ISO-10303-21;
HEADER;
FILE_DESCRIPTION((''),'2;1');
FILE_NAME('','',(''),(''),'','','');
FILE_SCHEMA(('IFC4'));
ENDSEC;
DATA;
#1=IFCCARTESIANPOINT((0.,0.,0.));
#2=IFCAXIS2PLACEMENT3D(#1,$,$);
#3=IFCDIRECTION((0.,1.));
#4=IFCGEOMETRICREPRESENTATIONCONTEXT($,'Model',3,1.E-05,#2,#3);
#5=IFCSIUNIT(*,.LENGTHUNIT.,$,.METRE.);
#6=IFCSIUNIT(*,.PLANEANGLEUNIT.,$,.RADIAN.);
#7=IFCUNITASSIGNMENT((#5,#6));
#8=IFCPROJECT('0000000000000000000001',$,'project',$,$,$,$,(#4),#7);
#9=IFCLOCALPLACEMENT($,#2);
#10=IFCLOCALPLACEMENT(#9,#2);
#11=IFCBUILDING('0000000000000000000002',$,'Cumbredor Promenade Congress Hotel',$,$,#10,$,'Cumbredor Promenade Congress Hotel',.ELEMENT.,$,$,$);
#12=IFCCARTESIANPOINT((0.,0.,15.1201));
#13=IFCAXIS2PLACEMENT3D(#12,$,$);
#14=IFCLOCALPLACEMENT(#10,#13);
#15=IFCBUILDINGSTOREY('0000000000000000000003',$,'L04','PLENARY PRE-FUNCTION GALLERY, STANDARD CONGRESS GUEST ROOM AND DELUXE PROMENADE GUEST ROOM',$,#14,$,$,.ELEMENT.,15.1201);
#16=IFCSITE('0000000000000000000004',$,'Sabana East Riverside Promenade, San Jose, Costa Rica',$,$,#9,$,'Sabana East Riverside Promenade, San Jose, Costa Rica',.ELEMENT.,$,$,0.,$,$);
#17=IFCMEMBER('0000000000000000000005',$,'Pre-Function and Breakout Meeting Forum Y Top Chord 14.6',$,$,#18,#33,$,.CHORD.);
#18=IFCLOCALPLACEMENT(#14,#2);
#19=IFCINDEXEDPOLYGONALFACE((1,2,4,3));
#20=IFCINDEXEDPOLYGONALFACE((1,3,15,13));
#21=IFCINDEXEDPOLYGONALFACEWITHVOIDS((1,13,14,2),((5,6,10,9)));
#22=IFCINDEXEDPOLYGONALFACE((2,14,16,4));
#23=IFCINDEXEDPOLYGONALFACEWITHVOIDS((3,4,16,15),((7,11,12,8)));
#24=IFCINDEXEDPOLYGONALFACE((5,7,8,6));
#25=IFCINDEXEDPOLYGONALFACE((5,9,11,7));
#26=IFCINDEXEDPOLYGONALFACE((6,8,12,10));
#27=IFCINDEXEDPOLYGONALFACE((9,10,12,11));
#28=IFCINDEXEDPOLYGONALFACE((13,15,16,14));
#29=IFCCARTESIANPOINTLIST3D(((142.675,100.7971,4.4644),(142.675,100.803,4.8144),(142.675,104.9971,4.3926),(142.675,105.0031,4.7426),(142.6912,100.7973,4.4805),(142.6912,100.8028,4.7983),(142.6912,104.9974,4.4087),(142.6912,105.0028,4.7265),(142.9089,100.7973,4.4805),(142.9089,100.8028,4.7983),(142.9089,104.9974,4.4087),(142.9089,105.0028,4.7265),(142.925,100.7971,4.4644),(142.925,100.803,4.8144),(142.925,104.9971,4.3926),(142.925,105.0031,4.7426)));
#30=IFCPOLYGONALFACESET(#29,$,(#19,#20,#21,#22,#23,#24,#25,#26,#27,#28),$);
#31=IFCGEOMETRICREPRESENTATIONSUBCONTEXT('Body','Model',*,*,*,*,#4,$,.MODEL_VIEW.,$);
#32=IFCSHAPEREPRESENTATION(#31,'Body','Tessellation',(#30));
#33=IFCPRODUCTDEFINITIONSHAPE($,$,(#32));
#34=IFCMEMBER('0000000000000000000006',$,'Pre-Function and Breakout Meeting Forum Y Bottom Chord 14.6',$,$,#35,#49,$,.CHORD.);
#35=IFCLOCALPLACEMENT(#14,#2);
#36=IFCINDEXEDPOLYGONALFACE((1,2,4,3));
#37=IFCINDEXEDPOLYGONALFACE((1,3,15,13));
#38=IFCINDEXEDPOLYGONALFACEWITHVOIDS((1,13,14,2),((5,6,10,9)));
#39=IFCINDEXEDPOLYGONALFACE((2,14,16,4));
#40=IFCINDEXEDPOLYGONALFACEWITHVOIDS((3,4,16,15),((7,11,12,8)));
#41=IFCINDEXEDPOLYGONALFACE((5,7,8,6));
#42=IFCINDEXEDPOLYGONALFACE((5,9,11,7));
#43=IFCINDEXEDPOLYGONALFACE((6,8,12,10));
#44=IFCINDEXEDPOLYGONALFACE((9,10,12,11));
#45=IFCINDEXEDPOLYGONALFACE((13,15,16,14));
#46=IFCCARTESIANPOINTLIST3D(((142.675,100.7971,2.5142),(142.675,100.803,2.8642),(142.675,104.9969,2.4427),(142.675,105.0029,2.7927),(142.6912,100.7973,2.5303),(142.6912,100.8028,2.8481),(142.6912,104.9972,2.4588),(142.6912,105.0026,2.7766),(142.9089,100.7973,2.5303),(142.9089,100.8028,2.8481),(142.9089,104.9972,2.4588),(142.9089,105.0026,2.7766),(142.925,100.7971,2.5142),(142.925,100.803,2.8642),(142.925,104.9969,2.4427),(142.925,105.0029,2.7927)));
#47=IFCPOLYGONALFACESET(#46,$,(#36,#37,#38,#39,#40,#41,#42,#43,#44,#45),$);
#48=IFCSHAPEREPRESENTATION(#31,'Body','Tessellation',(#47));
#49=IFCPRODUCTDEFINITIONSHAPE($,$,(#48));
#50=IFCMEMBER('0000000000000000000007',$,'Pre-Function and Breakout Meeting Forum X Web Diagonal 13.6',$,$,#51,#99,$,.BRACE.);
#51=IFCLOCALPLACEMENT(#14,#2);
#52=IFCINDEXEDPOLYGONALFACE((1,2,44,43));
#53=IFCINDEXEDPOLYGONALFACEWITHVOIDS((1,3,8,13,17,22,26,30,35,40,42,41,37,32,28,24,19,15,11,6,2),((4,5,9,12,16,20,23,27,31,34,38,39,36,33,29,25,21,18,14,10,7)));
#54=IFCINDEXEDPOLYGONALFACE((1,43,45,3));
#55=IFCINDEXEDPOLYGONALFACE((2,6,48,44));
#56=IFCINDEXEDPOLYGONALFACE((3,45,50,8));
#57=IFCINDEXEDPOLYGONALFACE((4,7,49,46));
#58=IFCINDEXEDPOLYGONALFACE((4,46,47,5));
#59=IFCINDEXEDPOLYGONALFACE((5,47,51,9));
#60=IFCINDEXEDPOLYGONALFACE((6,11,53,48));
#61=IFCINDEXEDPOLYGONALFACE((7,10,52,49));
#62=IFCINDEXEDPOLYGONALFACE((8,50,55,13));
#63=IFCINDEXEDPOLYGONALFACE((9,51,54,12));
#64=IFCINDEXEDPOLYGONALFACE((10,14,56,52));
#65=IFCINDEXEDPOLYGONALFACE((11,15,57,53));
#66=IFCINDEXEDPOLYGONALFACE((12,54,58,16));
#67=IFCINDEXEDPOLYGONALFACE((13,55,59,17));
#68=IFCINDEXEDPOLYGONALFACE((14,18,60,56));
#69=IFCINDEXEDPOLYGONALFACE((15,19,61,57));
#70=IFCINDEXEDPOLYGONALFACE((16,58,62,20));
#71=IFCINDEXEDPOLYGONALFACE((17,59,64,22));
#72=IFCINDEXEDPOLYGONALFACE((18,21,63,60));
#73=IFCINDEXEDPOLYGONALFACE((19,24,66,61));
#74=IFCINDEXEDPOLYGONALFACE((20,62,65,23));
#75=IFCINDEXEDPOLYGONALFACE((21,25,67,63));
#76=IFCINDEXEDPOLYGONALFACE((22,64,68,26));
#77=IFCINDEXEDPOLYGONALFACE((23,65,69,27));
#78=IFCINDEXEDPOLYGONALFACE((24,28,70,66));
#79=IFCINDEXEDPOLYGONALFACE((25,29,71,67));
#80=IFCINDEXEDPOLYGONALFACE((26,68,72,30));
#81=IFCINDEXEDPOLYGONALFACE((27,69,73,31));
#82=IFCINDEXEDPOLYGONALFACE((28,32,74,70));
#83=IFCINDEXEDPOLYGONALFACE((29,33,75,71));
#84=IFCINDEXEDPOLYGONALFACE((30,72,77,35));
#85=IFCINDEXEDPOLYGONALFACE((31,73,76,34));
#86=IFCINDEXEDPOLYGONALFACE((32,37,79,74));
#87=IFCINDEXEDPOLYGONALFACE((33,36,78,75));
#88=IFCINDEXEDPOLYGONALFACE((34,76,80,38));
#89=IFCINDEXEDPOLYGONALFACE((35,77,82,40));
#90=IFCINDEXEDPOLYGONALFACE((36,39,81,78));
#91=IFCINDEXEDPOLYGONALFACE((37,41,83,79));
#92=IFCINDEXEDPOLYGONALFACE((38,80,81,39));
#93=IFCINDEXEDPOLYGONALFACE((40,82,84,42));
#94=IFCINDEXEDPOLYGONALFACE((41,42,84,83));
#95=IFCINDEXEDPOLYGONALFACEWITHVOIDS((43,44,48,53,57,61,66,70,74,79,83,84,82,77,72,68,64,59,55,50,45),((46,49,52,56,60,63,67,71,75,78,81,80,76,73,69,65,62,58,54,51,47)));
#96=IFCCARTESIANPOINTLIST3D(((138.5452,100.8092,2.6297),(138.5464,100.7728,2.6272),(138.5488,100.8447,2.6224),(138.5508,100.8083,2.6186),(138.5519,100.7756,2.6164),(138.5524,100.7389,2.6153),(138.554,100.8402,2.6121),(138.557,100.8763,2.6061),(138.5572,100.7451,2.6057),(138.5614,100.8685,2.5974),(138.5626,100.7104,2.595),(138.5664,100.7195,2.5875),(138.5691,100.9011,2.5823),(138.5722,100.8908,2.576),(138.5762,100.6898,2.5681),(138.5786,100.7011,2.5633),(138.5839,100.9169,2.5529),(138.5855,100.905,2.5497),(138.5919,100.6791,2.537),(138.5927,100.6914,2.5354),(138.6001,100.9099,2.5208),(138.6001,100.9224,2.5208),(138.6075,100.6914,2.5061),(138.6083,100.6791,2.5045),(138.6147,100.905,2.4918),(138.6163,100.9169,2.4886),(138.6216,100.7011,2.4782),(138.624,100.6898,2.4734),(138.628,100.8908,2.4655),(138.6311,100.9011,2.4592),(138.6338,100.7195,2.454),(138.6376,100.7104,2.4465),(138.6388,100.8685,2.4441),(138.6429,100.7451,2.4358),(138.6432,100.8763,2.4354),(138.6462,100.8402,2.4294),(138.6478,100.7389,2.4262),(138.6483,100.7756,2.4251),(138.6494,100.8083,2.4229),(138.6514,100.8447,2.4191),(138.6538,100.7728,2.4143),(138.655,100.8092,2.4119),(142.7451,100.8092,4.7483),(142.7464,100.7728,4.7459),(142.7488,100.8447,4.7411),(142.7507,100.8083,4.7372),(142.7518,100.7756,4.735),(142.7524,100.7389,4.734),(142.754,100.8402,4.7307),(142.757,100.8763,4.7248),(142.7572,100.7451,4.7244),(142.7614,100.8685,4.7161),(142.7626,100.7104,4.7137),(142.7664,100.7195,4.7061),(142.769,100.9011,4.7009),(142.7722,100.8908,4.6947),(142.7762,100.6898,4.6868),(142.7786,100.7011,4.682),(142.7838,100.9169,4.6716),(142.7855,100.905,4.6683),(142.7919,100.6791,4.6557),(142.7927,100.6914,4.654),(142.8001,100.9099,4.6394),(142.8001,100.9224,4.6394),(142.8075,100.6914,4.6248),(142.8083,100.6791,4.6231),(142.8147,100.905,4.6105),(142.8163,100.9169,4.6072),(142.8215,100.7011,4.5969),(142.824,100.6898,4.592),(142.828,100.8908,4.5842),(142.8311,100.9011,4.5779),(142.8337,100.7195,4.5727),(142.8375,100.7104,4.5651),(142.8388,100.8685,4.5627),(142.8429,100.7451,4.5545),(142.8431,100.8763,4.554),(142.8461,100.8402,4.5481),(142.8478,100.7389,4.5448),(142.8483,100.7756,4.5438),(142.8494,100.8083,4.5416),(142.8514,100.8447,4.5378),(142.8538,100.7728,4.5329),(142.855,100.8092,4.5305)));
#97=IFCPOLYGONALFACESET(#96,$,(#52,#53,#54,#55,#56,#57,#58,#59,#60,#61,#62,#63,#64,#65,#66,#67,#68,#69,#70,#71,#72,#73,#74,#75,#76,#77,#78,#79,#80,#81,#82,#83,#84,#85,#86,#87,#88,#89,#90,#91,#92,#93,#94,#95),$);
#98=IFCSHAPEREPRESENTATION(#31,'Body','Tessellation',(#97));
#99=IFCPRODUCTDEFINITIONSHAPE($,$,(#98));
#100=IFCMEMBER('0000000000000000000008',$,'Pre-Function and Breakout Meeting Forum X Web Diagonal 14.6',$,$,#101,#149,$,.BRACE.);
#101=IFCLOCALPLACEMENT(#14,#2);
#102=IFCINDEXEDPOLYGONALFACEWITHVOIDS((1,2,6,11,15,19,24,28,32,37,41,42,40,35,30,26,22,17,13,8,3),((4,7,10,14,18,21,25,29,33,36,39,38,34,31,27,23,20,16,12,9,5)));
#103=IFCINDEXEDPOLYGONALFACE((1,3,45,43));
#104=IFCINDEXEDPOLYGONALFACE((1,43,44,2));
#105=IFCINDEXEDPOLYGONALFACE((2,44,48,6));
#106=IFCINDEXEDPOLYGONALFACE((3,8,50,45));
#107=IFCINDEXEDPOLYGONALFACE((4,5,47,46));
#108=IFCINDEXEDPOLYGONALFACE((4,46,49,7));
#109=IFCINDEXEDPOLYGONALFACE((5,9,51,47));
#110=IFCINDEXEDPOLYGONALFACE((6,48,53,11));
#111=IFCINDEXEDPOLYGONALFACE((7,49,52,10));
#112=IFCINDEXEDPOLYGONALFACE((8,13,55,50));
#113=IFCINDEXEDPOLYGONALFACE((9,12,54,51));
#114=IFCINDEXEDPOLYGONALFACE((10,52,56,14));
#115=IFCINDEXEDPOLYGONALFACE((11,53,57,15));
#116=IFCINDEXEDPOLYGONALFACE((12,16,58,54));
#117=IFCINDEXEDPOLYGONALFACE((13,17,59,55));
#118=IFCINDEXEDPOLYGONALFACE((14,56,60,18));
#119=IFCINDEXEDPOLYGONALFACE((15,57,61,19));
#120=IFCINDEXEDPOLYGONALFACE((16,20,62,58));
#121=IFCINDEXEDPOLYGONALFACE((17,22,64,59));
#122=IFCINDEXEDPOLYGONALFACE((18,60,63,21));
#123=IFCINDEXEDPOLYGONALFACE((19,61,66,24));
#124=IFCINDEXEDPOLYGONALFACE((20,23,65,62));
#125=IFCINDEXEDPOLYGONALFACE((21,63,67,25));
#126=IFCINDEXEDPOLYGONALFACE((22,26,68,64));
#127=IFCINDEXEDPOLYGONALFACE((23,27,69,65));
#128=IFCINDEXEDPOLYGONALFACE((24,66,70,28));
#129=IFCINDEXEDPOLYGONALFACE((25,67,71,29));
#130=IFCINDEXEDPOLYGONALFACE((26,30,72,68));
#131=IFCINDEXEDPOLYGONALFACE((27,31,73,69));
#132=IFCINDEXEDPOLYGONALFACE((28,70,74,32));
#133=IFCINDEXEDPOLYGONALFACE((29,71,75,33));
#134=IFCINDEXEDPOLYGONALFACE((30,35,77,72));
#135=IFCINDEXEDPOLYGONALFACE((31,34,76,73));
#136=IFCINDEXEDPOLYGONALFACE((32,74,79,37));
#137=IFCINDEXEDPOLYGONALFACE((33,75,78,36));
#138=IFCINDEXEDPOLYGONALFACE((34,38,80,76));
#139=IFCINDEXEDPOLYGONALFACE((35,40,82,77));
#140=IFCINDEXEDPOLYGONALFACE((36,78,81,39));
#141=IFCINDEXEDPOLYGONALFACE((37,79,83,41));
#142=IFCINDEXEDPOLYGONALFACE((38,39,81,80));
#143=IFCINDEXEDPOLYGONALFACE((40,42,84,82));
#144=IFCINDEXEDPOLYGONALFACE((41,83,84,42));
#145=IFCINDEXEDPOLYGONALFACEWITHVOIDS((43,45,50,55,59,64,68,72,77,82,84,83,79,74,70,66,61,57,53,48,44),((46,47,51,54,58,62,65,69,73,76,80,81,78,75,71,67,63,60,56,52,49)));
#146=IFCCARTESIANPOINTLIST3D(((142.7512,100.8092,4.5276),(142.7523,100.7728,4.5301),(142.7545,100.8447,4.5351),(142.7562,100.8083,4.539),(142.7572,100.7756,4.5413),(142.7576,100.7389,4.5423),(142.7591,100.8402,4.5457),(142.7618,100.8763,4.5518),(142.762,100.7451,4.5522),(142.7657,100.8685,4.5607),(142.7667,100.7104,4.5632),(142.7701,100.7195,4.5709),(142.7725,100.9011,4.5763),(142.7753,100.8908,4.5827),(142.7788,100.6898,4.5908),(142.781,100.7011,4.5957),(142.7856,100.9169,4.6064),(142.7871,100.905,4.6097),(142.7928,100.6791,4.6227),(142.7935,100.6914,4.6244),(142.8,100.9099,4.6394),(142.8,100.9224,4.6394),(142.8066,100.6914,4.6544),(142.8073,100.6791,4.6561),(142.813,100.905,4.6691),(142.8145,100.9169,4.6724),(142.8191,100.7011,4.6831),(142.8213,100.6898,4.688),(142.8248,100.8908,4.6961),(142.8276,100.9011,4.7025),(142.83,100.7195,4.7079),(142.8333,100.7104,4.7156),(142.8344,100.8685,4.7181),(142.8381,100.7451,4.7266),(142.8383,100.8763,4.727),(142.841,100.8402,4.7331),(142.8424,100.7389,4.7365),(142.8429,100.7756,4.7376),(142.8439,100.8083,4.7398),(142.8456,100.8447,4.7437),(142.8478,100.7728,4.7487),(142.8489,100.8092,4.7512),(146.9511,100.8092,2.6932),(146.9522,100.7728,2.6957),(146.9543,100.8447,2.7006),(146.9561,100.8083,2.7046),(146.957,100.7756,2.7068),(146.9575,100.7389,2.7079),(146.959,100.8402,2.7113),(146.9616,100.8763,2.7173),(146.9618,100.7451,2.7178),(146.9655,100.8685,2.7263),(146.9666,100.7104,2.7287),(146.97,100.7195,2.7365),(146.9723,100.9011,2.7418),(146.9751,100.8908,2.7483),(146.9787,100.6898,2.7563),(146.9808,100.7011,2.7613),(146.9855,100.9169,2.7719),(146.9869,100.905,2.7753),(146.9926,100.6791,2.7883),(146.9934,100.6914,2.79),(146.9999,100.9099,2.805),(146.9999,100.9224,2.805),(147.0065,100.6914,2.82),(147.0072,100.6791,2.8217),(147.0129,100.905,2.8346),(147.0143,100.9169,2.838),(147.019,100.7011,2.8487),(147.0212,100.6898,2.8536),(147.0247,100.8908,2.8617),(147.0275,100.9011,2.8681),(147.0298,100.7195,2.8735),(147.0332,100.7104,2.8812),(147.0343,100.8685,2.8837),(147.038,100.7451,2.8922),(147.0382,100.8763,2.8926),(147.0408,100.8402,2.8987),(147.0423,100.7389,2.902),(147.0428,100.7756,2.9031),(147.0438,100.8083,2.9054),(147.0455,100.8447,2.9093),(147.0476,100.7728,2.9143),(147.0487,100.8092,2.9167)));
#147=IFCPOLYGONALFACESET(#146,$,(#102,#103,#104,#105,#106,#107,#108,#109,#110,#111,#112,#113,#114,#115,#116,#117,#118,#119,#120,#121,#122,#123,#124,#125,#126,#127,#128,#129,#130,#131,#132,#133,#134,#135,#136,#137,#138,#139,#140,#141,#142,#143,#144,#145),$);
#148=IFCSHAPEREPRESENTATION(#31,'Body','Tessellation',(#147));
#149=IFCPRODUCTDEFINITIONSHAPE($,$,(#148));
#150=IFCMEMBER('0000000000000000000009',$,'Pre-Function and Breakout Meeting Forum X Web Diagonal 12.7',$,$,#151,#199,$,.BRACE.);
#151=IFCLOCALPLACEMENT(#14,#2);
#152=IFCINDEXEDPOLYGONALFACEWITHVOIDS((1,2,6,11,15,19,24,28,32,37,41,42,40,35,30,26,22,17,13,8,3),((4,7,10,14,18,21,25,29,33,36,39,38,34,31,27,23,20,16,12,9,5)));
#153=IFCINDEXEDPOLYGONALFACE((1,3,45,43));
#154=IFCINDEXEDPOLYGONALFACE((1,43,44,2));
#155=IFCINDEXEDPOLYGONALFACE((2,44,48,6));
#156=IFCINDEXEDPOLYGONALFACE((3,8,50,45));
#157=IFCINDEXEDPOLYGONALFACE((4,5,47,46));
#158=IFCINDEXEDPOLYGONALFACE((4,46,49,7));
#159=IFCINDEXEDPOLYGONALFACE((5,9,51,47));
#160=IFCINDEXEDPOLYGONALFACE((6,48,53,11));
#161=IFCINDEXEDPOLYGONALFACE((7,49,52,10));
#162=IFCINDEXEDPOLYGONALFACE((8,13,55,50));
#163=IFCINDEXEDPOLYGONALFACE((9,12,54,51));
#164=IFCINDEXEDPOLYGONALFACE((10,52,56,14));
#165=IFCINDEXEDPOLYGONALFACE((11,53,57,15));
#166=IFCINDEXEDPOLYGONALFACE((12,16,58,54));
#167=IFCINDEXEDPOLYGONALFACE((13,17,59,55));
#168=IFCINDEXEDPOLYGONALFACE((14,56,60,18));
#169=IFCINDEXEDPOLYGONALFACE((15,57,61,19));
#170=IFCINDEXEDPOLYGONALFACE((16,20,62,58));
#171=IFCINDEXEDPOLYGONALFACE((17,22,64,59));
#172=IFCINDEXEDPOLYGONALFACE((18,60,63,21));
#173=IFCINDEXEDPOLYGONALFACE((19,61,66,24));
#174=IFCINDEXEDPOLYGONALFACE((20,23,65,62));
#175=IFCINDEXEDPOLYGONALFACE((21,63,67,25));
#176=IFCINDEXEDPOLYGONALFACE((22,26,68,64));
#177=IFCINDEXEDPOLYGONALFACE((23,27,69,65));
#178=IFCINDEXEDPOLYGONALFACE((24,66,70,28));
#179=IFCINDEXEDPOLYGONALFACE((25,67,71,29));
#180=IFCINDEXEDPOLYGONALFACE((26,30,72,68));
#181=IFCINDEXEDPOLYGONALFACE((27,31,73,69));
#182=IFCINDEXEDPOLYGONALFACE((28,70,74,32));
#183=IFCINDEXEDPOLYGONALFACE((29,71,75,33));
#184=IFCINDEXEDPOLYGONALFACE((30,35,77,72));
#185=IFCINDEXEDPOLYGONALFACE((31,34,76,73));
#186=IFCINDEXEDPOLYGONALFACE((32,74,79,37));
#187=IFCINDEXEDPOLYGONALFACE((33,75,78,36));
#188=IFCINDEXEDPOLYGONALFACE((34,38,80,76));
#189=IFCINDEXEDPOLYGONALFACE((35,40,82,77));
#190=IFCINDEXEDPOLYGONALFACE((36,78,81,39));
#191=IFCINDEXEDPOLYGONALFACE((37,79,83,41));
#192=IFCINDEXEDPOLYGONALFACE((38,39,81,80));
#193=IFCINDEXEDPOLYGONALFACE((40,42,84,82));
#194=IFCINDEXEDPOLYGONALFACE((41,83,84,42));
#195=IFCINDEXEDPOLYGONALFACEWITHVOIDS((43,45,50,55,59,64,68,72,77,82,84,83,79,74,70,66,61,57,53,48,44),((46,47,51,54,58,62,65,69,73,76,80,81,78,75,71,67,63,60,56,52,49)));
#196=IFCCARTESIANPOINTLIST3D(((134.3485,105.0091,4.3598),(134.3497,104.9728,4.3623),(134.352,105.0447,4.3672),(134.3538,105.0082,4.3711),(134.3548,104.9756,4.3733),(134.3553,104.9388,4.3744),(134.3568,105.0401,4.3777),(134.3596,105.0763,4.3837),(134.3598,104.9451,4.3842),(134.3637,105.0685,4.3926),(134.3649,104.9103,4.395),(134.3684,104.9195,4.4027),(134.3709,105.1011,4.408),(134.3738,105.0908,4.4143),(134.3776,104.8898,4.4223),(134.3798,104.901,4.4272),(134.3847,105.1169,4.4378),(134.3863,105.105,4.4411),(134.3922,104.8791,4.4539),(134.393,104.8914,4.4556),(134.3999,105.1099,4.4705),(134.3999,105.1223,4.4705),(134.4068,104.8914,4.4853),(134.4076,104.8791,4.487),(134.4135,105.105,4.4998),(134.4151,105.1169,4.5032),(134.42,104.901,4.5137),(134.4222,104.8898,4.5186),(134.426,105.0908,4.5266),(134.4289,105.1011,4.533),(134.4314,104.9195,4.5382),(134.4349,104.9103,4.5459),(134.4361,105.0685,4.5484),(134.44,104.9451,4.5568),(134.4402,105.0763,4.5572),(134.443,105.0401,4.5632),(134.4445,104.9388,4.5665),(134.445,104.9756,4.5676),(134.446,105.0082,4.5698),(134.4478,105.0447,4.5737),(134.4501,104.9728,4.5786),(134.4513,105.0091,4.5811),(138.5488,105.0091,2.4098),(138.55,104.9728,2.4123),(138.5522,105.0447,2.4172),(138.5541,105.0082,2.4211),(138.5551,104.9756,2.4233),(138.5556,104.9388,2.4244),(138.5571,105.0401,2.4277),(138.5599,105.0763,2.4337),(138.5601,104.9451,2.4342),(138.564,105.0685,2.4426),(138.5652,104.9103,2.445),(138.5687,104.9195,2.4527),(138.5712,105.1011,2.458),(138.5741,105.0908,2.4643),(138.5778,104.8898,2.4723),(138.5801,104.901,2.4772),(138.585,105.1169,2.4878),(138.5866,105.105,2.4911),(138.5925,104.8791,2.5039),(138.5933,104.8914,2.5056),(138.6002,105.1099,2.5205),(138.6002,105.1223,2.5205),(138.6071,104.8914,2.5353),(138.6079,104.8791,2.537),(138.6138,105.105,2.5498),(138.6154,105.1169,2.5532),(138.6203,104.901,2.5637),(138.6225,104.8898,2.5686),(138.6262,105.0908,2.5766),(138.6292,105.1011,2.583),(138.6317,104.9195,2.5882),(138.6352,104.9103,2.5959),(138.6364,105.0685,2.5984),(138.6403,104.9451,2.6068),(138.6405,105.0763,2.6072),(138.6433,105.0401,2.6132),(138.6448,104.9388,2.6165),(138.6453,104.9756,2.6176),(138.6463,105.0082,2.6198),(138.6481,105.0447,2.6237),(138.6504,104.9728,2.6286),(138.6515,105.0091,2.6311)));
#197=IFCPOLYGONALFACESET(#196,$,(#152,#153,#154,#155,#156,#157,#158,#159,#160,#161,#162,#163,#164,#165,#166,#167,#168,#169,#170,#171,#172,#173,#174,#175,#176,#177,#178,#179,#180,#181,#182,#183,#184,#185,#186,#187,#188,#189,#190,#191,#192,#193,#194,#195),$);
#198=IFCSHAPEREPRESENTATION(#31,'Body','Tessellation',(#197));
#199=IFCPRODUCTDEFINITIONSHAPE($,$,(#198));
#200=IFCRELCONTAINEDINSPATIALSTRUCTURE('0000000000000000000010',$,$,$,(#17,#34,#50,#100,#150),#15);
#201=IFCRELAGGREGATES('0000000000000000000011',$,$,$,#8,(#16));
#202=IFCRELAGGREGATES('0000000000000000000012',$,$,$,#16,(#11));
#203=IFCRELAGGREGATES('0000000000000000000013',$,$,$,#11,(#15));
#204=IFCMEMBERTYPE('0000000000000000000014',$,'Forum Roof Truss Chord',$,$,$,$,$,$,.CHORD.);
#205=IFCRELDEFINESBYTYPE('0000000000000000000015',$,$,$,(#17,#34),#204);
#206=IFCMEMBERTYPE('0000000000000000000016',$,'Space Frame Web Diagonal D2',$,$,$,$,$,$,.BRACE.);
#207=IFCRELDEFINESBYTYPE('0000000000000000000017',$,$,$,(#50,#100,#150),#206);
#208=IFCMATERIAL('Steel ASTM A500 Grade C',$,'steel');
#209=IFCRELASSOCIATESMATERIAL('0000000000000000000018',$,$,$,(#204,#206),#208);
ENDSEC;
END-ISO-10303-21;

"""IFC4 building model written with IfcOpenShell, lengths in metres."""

from ifc_helpers import new_model, si_unit, direction, frame, origin, origin_2d, place, context, subcontext, project, spatial, hollow_rectangle, hollow_circle, extrude, material, material_profile, profile_set, type_object, element, save


model = new_model("IFC4")

# Units and contexts
model_context = context("Model", 3, precision=1e-05, world=origin(), true_north=direction((0.0, 1.0)))
body_context = subcontext(model_context, "Body", "Model", "MODEL_VIEW")
ifc_project = project(units=[si_unit("LENGTHUNIT", "METRE"), si_unit("PLANEANGLEUNIT", "RADIAN")], contexts=[model_context])

# Site, building, storey
site_placement = place(None, origin())
site = spatial("IfcSite", under=ifc_project, at=site_placement, Name="Sabana East Riverside Promenade, San Jose, Costa Rica", LongName="Sabana East Riverside Promenade, San Jose, Costa Rica", CompositionType="ELEMENT", RefElevation=0.0)
building_placement = place(site_placement, origin())
building = spatial("IfcBuilding", under=site, at=building_placement, Name="Cumbredor Promenade Congress Hotel", LongName="Cumbredor Promenade Congress Hotel", CompositionType="ELEMENT")
storey_placement = place(building_placement, frame((0.0, 0.0, 15.1201)))
storey = spatial("IfcBuildingStorey", under=building, at=storey_placement, Name="L04", Description="PLENARY PRE-FUNCTION GALLERY, STANDARD CONGRESS GUEST ROOM AND DELUXE PROMENADE GUEST ROOM", CompositionType="ELEMENT", Elevation=15.1201)

# Members
ifc_material_1 = material(Name="Steel ASTM A500 Grade C", Category="steel")
ifc_material_profile_1 = material_profile(ifc_material_1, hollow_rectangle(XDim=0.25, YDim=0.3501, WallThickness=0.0161, at=origin_2d()), Name="HSS 350x250x16")
ifc_profile_set_1 = profile_set([ifc_material_profile_1], Name="Steel ASTM A500 Grade C")
member_type_1 = type_object("IfcMemberType", Name="Forum Roof Truss Chord", PredefinedType="CHORD", material=ifc_profile_set_1)
member_1_placement = place(storey_placement, frame((142.8, 100.8, 4.6394), z_axis=(0.0, 0.999854, -0.017088), x_axis=(-1.0, 0.0, 0.0)))
element("IfcMember", 1, at=member_1_placement, inside=storey, type_object=member_type_1, Name="Pre-Function and Breakout Meeting Forum Y Top Chord 14.6", PredefinedType="CHORD", context=body_context, shape_type="SweptSolid", body=[
    extrude(hollow_rectangle(XDim=0.25, YDim=0.3501, WallThickness=0.0161, at=origin_2d()), origin(), (0.0, 0.0, 1.0), 4.2007),
])
member_2_placement = place(storey_placement, frame((142.8, 100.8, 2.6892), z_axis=(0.0, 0.999855, -0.017029), x_axis=(-1.0, 0.0, 0.0)))
element("IfcMember", 2, at=member_2_placement, inside=storey, type_object=member_type_1, Name="Pre-Function and Breakout Meeting Forum Y Bottom Chord 14.6", PredefinedType="CHORD", context=body_context, shape_type="SweptSolid", body=[
    extrude(hollow_rectangle(XDim=0.25, YDim=0.3501, WallThickness=0.0161, at=origin_2d()), origin(), (0.0, 0.0, 1.0), 4.2004),
])
ifc_material_profile_2 = material_profile(ifc_material_1, hollow_circle(Radius=0.1223, WallThickness=0.0125, at=origin_2d()), Name="CHS 244.5x12.5")
ifc_profile_set_2 = profile_set([ifc_material_profile_2], Name="Steel ASTM A500 Grade C")
member_type_2 = type_object("IfcMemberType", Name="Space Frame Web Diagonal D2", PredefinedType="BRACE", material=ifc_profile_set_2)
member_3_placement = place(storey_placement, frame((138.6001, 100.8, 2.5208), z_axis=(0.892833, 0.0, 0.450387), x_axis=(0.0, 1.0, 0.0)))
element("IfcMember", 3, at=member_3_placement, inside=storey, type_object=member_type_2, Name="Pre-Function and Breakout Meeting Forum X Web Diagonal 13.6", PredefinedType="BRACE", context=body_context, shape_type="SweptSolid", body=[
    extrude(hollow_circle(Radius=0.1223, WallThickness=0.0125, at=origin_2d()), origin(), (0.0, 0.0, 1.0), 4.7041),
])
member_4_placement = place(storey_placement, frame((142.8, 100.8, 4.6394), z_axis=(0.916398, 0.0, -0.400268), x_axis=(0.0, 1.0, 0.0)))
element("IfcMember", 4, at=member_4_placement, inside=storey, type_object=member_type_2, Name="Pre-Function and Breakout Meeting Forum X Web Diagonal 14.6", PredefinedType="BRACE", context=body_context, shape_type="SweptSolid", body=[
    extrude(hollow_circle(Radius=0.1223, WallThickness=0.0125, at=origin_2d()), origin(), (0.0, 0.0, 1.0), 4.583),
])
for number, where, z_axis, x_axis, name in (
    (5, (134.3999, 105.0, 4.4705), (0.90702, 0.0, -0.421087), (0.0, 1.0, 0.0), "Pre-Function and Breakout Meeting Forum X Web Diagonal 12.7"),
):
    element("IfcMember", number, at=place(storey_placement, frame(where, z_axis=z_axis, x_axis=x_axis)), inside=storey, type_object=member_type_2, Name=name, PredefinedType="BRACE", context=body_context, shape_type="SweptSolid", body=[
        extrude(hollow_circle(Radius=0.1223, WallThickness=0.0125, at=origin_2d()), origin(), (0.0, 0.0, 1.0), 4.6309),
    ])

save(model, "model.ifc")
